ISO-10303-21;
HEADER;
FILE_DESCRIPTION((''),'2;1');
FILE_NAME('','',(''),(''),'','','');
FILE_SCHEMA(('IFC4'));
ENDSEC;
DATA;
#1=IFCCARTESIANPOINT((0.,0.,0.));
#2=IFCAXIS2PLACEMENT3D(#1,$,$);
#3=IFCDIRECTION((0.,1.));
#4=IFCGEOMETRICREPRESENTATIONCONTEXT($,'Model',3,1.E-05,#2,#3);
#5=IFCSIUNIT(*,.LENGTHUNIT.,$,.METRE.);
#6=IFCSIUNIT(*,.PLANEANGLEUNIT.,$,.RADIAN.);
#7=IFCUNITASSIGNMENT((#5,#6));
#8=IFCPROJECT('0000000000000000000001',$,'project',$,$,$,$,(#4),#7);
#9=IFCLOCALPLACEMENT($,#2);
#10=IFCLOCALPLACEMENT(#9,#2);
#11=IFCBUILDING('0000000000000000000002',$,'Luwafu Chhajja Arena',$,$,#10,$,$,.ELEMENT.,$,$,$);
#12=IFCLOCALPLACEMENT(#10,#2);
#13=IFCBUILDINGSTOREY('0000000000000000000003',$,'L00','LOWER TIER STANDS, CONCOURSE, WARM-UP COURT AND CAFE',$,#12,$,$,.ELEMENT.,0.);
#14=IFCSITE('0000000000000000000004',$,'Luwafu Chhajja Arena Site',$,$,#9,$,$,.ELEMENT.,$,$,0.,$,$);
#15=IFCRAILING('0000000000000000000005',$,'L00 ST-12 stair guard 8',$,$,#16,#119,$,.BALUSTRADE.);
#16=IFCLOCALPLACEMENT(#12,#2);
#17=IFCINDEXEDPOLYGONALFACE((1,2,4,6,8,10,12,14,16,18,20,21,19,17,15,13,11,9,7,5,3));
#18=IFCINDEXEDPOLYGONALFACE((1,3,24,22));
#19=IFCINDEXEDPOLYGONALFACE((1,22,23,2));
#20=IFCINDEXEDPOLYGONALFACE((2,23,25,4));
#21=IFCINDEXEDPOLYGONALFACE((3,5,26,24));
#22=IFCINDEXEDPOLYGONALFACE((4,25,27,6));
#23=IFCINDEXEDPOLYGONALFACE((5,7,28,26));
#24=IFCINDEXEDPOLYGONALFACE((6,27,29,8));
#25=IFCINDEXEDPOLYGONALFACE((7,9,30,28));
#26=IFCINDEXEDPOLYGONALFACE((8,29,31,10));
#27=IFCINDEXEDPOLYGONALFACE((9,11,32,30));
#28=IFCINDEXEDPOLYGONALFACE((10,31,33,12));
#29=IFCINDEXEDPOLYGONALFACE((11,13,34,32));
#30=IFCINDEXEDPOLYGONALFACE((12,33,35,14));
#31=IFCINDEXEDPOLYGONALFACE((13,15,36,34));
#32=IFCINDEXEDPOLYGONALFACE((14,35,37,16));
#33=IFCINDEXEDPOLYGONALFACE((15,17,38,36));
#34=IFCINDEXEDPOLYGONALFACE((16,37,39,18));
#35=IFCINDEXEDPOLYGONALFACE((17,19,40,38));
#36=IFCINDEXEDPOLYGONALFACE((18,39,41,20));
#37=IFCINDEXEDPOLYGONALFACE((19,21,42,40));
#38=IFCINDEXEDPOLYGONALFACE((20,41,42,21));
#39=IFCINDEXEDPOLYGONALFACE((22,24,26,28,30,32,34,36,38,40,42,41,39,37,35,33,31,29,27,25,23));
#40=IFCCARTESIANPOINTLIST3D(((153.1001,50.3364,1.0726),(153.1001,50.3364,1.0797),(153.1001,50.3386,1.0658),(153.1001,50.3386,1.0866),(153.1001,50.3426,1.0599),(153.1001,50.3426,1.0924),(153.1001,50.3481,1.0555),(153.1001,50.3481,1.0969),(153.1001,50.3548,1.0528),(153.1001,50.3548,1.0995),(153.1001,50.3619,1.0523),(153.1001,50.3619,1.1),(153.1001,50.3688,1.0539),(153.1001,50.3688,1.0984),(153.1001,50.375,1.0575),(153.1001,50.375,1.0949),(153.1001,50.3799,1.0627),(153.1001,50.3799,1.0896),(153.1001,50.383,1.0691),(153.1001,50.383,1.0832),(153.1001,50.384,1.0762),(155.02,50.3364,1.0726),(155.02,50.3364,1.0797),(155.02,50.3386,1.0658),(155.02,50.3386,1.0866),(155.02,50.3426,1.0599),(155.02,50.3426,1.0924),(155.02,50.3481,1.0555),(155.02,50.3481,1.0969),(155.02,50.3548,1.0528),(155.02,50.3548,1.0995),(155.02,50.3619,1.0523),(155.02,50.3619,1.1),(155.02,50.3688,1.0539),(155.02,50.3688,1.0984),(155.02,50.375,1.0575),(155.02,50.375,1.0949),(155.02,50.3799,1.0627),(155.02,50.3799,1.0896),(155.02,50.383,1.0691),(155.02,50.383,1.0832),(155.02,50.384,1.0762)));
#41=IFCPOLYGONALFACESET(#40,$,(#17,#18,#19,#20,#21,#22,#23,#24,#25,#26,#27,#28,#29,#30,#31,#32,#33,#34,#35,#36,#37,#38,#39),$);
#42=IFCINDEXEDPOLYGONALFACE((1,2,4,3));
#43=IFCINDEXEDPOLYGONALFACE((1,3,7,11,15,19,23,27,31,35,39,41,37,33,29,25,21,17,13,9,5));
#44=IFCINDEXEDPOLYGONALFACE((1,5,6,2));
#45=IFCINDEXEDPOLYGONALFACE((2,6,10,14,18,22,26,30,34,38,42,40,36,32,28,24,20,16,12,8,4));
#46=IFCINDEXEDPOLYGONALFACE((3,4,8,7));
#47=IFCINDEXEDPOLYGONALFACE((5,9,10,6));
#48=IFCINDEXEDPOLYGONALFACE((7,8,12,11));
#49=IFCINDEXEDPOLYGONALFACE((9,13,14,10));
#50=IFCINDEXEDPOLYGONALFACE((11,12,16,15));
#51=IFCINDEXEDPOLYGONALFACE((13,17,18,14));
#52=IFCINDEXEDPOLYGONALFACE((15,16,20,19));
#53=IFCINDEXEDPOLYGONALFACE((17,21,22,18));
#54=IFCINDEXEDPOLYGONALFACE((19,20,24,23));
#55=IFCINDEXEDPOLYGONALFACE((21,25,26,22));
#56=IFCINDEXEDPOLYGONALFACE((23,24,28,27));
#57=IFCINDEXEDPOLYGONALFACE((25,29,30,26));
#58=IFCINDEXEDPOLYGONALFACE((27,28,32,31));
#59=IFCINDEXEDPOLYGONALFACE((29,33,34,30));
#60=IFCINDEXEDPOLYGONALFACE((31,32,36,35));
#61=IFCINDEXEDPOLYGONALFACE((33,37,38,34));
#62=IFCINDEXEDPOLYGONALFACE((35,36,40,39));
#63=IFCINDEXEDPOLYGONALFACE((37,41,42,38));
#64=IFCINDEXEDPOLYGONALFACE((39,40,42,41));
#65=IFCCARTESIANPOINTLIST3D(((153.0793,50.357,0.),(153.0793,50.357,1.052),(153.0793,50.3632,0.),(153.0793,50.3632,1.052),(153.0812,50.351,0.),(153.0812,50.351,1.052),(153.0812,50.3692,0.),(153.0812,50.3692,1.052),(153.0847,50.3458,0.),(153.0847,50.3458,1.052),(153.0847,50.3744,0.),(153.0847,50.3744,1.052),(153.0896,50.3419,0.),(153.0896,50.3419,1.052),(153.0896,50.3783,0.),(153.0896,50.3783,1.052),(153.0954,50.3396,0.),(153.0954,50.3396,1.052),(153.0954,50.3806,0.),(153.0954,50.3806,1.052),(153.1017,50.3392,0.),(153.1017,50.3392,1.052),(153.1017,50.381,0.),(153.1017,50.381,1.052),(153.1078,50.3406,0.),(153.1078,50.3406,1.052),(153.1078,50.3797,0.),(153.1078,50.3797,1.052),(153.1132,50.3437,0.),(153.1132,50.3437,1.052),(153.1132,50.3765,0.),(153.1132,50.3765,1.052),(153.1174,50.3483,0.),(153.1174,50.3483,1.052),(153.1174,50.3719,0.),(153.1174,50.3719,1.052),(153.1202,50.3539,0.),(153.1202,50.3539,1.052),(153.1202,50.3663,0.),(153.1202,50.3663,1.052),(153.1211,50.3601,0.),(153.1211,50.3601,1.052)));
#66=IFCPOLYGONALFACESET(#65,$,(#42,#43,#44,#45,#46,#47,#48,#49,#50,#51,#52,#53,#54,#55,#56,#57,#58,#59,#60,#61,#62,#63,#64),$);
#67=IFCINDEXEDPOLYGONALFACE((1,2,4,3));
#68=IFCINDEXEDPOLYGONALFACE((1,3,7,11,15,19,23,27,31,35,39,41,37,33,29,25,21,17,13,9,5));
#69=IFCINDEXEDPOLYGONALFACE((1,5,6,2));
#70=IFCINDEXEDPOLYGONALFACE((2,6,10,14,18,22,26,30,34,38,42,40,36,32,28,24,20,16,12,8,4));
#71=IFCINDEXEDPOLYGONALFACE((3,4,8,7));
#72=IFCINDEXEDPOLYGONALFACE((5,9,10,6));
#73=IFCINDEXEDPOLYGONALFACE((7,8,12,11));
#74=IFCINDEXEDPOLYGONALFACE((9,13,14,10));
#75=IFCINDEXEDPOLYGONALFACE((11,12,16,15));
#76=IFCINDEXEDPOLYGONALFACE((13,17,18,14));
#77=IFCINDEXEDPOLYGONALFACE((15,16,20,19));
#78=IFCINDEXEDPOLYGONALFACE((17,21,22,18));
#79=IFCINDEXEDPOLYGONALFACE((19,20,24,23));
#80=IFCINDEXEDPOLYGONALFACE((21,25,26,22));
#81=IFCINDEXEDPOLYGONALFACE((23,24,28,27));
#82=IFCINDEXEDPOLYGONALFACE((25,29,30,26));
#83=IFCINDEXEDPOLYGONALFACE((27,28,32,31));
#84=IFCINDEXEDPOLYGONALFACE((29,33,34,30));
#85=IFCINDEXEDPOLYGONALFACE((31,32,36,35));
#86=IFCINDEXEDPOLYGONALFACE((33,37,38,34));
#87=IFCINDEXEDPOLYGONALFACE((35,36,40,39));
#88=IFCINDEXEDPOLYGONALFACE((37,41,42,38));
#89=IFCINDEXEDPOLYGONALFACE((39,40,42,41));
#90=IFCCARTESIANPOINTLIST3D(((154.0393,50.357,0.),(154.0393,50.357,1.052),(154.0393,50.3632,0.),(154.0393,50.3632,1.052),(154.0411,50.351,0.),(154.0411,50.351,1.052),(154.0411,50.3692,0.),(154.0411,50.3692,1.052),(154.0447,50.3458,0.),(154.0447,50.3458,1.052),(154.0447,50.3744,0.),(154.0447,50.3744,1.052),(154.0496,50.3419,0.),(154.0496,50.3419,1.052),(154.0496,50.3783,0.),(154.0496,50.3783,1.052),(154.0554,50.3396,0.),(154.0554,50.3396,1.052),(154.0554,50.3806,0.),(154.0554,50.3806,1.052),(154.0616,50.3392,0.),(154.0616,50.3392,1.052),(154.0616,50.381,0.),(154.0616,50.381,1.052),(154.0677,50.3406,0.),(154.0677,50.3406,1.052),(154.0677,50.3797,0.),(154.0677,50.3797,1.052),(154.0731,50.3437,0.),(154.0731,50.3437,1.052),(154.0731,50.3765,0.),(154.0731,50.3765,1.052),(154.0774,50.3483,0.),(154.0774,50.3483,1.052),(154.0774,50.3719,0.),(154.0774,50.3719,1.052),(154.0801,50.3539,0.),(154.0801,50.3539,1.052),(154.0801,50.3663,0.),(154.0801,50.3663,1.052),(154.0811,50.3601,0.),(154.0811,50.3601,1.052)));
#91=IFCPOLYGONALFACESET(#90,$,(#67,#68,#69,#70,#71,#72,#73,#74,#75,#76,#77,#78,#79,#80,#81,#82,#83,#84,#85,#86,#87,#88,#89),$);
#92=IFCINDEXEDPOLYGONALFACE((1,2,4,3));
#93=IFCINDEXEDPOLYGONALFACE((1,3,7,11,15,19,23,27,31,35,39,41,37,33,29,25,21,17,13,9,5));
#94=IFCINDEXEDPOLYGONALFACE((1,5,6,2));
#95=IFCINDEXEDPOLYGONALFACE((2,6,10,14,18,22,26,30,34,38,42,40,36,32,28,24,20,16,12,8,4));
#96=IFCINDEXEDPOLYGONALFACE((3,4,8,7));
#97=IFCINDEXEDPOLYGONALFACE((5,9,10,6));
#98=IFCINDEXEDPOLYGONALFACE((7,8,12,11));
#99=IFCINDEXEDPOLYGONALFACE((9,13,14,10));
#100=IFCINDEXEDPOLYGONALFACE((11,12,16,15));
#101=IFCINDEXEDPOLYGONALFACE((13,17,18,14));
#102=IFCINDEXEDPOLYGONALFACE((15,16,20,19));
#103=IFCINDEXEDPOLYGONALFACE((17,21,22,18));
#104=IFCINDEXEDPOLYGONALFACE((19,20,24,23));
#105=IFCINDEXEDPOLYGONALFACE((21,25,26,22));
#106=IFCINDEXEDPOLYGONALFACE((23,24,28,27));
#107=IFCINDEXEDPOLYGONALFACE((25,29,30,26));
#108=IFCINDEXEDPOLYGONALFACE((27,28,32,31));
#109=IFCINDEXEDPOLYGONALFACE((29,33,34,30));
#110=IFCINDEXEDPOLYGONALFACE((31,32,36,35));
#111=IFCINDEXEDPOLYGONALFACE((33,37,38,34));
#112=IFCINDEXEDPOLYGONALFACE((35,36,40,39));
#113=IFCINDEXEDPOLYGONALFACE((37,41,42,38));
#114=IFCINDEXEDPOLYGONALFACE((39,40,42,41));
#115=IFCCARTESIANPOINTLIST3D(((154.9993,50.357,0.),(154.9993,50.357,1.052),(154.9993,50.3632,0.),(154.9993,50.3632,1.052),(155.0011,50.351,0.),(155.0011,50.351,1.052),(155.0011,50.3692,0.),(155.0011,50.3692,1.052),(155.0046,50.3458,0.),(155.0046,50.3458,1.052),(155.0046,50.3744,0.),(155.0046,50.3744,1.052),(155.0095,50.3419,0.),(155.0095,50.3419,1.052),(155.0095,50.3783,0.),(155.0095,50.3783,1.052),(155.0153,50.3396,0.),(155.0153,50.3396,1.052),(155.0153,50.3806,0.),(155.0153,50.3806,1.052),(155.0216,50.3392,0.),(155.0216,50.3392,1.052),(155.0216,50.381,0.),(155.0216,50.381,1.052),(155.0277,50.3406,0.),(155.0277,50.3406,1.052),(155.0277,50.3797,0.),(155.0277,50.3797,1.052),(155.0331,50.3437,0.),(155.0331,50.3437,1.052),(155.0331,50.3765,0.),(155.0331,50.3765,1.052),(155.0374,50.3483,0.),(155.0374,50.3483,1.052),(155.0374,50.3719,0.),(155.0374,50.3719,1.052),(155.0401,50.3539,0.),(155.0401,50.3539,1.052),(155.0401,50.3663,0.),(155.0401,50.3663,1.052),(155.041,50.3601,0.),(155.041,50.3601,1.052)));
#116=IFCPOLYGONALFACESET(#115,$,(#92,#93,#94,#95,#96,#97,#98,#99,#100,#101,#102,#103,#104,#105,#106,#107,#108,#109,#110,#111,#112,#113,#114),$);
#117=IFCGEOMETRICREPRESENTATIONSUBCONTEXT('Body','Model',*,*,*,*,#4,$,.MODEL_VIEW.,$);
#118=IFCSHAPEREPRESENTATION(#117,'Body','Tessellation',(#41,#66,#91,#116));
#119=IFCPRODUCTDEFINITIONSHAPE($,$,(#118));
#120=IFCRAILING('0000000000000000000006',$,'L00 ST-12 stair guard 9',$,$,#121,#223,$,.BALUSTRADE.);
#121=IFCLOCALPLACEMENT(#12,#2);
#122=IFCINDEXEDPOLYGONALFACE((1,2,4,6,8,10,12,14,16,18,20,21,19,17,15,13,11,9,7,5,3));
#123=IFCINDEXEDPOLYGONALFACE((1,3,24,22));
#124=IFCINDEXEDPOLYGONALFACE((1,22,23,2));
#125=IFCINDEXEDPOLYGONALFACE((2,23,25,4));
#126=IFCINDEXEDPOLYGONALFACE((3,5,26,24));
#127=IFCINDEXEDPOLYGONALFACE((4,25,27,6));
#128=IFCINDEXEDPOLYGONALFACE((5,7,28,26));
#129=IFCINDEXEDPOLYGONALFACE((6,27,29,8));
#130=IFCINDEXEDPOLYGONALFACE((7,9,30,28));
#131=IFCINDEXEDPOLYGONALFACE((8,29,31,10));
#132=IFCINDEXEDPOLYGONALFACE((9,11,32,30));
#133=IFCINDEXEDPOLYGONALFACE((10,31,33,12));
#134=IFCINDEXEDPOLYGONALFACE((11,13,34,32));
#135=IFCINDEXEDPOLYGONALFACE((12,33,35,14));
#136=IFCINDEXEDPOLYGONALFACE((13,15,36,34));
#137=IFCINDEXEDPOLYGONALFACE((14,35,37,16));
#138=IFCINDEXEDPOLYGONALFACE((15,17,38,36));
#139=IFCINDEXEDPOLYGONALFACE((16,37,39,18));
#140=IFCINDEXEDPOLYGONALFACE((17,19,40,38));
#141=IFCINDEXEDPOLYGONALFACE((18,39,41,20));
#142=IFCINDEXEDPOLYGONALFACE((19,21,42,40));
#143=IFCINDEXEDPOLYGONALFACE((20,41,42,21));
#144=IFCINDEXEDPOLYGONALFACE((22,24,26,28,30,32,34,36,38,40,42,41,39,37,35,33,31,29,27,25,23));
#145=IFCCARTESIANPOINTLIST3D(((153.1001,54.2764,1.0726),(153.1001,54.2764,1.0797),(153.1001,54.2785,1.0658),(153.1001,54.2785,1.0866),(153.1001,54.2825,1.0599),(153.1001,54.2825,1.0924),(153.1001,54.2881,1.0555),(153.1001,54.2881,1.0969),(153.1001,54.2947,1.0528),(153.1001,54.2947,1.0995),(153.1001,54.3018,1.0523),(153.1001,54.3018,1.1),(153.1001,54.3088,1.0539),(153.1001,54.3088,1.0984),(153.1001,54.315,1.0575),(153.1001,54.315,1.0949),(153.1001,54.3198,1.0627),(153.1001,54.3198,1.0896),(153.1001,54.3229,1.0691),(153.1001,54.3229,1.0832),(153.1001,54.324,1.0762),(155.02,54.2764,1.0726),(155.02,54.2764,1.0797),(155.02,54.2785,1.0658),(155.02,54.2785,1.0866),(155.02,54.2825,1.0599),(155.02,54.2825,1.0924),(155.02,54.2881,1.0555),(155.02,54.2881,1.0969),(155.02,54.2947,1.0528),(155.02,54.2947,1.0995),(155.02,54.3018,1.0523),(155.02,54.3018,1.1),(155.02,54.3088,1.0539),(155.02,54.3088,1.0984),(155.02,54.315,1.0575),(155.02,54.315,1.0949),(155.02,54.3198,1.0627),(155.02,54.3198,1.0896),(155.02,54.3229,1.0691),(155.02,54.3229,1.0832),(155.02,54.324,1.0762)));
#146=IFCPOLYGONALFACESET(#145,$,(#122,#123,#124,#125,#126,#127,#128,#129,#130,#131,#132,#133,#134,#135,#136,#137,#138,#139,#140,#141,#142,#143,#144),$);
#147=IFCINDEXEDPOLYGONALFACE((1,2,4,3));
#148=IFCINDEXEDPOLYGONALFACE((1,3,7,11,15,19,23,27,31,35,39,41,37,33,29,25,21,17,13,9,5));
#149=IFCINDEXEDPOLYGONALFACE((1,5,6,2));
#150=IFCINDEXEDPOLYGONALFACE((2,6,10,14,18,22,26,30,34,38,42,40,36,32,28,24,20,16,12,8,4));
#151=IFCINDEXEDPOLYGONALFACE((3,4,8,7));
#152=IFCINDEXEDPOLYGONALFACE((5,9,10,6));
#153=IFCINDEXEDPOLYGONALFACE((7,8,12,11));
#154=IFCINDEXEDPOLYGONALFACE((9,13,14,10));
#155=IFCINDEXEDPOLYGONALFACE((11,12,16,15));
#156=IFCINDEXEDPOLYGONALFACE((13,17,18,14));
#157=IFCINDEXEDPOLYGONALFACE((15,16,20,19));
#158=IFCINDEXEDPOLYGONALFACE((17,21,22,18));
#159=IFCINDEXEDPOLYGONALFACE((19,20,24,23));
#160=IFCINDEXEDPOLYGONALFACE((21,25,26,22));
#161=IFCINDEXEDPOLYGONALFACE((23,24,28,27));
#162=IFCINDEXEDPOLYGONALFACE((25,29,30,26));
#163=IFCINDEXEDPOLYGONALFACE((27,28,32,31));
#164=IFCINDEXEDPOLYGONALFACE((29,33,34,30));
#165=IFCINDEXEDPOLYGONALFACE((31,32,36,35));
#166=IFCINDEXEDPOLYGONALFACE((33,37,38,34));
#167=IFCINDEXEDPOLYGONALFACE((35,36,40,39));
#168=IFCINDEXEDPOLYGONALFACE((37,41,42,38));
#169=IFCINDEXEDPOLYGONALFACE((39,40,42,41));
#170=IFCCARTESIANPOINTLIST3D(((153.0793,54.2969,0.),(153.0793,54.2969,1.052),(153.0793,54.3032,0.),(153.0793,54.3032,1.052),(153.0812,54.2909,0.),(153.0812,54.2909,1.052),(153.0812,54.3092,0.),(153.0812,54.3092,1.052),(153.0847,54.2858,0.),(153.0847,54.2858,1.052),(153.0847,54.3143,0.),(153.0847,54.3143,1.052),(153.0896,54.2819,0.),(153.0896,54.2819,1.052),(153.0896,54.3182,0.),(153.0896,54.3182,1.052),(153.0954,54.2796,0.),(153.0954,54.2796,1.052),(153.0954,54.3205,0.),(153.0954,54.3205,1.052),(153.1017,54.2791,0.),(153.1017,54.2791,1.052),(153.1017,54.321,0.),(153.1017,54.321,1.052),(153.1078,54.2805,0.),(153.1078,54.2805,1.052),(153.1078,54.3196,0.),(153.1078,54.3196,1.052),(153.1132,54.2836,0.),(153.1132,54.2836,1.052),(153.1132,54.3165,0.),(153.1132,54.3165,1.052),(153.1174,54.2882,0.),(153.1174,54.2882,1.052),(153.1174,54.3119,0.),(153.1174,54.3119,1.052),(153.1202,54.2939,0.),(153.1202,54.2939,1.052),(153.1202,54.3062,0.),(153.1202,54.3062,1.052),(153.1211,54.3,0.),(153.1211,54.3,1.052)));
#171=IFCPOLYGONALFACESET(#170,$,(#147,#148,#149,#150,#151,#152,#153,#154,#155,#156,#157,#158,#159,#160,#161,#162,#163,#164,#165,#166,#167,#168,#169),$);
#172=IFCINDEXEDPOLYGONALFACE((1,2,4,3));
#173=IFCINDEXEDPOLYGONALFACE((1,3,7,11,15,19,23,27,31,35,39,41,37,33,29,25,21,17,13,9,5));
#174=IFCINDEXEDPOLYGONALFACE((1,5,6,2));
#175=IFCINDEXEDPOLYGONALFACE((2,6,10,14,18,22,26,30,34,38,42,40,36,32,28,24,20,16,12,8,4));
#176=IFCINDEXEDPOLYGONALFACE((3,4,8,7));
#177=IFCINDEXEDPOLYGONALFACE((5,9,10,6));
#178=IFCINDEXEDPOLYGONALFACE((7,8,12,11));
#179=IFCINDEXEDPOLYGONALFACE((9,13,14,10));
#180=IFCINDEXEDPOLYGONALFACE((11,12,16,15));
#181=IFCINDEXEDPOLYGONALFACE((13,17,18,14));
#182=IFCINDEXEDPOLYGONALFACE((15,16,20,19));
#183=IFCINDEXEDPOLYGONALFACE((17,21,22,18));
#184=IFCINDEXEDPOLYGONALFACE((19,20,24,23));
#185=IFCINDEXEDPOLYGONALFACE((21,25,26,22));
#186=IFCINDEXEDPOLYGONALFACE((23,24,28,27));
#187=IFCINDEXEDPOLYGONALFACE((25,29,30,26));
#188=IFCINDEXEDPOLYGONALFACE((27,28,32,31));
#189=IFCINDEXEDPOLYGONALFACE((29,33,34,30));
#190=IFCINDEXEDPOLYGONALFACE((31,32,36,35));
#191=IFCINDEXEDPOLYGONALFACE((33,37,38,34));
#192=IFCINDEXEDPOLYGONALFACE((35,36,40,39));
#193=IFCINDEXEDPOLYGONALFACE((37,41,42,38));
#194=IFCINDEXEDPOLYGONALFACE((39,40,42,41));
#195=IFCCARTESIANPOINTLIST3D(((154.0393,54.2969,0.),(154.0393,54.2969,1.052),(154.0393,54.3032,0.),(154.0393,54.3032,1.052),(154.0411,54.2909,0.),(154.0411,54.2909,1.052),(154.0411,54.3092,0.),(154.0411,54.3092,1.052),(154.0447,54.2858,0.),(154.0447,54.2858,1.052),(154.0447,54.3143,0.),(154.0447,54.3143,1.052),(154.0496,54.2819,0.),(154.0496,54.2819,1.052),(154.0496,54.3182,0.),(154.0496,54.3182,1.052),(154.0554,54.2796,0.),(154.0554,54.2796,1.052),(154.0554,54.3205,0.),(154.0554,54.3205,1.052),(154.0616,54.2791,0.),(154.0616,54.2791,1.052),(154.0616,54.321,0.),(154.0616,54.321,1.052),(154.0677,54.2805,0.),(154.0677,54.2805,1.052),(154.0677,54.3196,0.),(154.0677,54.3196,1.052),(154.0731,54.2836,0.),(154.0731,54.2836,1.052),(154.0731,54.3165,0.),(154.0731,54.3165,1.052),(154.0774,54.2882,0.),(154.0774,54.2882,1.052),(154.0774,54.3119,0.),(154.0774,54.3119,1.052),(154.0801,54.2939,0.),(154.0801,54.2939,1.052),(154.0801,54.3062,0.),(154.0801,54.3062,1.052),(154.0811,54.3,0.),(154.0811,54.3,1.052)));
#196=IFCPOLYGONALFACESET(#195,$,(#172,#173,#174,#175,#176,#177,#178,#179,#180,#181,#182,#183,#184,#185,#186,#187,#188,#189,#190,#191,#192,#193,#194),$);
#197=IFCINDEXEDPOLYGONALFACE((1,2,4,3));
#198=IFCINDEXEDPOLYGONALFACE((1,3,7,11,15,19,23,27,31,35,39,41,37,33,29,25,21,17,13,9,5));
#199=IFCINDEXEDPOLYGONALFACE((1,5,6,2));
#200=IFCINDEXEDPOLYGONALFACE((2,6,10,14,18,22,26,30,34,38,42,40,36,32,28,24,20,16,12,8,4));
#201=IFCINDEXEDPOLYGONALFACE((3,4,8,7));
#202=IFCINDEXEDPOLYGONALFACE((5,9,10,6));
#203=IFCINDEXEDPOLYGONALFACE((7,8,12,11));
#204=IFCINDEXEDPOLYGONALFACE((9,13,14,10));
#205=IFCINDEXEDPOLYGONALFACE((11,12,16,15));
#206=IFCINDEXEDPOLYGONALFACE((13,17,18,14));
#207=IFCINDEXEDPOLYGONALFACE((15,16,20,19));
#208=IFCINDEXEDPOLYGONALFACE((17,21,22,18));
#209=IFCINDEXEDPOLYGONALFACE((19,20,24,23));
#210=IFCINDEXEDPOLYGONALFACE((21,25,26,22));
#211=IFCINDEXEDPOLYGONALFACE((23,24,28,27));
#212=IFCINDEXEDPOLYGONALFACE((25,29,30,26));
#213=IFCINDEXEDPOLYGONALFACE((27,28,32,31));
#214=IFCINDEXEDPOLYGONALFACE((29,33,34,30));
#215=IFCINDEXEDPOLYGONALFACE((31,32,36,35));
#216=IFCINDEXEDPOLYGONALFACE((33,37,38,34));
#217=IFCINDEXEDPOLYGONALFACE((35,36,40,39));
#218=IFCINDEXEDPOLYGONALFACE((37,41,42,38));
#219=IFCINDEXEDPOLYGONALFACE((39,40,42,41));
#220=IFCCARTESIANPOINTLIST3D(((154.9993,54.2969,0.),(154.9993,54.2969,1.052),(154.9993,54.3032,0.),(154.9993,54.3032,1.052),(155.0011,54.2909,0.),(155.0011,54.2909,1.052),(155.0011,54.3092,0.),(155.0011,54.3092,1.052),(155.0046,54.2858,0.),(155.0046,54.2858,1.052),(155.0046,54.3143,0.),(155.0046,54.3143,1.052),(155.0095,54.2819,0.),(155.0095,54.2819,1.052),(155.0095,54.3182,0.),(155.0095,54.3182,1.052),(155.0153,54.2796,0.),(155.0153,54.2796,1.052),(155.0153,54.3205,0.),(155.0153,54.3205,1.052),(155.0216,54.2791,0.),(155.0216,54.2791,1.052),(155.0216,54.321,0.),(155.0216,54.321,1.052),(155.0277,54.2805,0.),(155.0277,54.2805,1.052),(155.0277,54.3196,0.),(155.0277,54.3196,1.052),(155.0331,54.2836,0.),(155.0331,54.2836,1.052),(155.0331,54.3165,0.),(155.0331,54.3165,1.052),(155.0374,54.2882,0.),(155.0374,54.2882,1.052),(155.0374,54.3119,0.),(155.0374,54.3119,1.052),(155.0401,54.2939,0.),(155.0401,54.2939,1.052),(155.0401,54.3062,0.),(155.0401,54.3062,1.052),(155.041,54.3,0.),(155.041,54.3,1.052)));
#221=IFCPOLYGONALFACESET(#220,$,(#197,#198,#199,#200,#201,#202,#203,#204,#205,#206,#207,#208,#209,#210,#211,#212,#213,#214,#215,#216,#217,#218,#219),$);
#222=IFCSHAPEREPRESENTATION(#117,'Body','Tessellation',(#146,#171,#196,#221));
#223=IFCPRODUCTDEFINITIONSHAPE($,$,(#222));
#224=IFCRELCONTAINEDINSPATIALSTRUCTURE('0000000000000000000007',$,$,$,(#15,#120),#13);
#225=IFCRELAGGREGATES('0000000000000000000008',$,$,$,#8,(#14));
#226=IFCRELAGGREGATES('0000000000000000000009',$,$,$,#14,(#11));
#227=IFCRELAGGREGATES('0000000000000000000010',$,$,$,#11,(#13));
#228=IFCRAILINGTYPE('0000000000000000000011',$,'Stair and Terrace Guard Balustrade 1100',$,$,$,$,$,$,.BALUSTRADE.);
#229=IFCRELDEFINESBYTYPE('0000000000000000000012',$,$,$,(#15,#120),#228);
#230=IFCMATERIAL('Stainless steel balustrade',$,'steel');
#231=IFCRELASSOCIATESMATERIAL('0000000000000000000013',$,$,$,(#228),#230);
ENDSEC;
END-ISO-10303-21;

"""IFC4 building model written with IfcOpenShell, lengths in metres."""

from ifc_helpers import new_model, si_unit, direction, frame, origin, origin_2d, place, context, subcontext, project, spatial, circle, extrude, material, type_object, element, save


model = new_model("IFC4")

# Units and contexts
model_context = context("Model", 3, precision=1e-05, world=origin(), true_north=direction((0.0, 1.0)))
body_context = subcontext(model_context, "Body", "Model", "MODEL_VIEW")
ifc_project = project(units=[si_unit("LENGTHUNIT", "METRE"), si_unit("PLANEANGLEUNIT", "RADIAN")], contexts=[model_context])

# Site, building, storey
site_placement = place(None, origin())
site = spatial("IfcSite", under=ifc_project, at=site_placement, Name="Luwafu Chhajja Arena Site", CompositionType="ELEMENT", RefElevation=0.0)
building_placement = place(site_placement, origin())
building = spatial("IfcBuilding", under=site, at=building_placement, Name="Luwafu Chhajja Arena", CompositionType="ELEMENT")
storey_placement = place(building_placement, origin())
storey = spatial("IfcBuildingStorey", under=building, at=storey_placement, Name="L00", Description="LOWER TIER STANDS, CONCOURSE, WARM-UP COURT AND CAFE", CompositionType="ELEMENT", Elevation=0.0)

# Railings
ifc_material_1 = material(Name="Stainless steel balustrade", Category="steel")
railing_type = type_object("IfcRailingType", Name="Stair and Terrace Guard Balustrade 1100", PredefinedType="BALUSTRADE", material=ifc_material_1)
for number, where, name in (
    (1, (153.1001, 50.3601, 0.0), "L00 ST-12 stair guard 8"),
    (2, (153.1001, 54.3, 0.0), "L00 ST-12 stair guard 9"),
):
    element("IfcRailing", number, at=place(storey_placement, frame(where)), inside=storey, type_object=railing_type, Name=name, PredefinedType="BALUSTRADE", context=body_context, shape_type="SweptSolid", body=[
        extrude(circle(Radius=0.0239, at=origin_2d()), frame((0.0, 0.0, 1.0762), z_axis=(1.0, 0.0, 0.0), x_axis=(0.0, 1.0, 0.0)), (0.0, 0.0, 1.0), 1.9199),
        extrude(circle(Radius=0.021, at=origin_2d()), origin(), (0.0, 0.0, 1.0), 1.052),
        extrude(circle(Radius=0.021, at=origin_2d()), frame((0.96, 0.0, 0.0)), (0.0, 0.0, 1.0), 1.052),
        extrude(circle(Radius=0.021, at=origin_2d()), frame((1.9199, 0.0, 0.0)), (0.0, 0.0, 1.0), 1.052),
    ])

save(model, "model.ifc")
